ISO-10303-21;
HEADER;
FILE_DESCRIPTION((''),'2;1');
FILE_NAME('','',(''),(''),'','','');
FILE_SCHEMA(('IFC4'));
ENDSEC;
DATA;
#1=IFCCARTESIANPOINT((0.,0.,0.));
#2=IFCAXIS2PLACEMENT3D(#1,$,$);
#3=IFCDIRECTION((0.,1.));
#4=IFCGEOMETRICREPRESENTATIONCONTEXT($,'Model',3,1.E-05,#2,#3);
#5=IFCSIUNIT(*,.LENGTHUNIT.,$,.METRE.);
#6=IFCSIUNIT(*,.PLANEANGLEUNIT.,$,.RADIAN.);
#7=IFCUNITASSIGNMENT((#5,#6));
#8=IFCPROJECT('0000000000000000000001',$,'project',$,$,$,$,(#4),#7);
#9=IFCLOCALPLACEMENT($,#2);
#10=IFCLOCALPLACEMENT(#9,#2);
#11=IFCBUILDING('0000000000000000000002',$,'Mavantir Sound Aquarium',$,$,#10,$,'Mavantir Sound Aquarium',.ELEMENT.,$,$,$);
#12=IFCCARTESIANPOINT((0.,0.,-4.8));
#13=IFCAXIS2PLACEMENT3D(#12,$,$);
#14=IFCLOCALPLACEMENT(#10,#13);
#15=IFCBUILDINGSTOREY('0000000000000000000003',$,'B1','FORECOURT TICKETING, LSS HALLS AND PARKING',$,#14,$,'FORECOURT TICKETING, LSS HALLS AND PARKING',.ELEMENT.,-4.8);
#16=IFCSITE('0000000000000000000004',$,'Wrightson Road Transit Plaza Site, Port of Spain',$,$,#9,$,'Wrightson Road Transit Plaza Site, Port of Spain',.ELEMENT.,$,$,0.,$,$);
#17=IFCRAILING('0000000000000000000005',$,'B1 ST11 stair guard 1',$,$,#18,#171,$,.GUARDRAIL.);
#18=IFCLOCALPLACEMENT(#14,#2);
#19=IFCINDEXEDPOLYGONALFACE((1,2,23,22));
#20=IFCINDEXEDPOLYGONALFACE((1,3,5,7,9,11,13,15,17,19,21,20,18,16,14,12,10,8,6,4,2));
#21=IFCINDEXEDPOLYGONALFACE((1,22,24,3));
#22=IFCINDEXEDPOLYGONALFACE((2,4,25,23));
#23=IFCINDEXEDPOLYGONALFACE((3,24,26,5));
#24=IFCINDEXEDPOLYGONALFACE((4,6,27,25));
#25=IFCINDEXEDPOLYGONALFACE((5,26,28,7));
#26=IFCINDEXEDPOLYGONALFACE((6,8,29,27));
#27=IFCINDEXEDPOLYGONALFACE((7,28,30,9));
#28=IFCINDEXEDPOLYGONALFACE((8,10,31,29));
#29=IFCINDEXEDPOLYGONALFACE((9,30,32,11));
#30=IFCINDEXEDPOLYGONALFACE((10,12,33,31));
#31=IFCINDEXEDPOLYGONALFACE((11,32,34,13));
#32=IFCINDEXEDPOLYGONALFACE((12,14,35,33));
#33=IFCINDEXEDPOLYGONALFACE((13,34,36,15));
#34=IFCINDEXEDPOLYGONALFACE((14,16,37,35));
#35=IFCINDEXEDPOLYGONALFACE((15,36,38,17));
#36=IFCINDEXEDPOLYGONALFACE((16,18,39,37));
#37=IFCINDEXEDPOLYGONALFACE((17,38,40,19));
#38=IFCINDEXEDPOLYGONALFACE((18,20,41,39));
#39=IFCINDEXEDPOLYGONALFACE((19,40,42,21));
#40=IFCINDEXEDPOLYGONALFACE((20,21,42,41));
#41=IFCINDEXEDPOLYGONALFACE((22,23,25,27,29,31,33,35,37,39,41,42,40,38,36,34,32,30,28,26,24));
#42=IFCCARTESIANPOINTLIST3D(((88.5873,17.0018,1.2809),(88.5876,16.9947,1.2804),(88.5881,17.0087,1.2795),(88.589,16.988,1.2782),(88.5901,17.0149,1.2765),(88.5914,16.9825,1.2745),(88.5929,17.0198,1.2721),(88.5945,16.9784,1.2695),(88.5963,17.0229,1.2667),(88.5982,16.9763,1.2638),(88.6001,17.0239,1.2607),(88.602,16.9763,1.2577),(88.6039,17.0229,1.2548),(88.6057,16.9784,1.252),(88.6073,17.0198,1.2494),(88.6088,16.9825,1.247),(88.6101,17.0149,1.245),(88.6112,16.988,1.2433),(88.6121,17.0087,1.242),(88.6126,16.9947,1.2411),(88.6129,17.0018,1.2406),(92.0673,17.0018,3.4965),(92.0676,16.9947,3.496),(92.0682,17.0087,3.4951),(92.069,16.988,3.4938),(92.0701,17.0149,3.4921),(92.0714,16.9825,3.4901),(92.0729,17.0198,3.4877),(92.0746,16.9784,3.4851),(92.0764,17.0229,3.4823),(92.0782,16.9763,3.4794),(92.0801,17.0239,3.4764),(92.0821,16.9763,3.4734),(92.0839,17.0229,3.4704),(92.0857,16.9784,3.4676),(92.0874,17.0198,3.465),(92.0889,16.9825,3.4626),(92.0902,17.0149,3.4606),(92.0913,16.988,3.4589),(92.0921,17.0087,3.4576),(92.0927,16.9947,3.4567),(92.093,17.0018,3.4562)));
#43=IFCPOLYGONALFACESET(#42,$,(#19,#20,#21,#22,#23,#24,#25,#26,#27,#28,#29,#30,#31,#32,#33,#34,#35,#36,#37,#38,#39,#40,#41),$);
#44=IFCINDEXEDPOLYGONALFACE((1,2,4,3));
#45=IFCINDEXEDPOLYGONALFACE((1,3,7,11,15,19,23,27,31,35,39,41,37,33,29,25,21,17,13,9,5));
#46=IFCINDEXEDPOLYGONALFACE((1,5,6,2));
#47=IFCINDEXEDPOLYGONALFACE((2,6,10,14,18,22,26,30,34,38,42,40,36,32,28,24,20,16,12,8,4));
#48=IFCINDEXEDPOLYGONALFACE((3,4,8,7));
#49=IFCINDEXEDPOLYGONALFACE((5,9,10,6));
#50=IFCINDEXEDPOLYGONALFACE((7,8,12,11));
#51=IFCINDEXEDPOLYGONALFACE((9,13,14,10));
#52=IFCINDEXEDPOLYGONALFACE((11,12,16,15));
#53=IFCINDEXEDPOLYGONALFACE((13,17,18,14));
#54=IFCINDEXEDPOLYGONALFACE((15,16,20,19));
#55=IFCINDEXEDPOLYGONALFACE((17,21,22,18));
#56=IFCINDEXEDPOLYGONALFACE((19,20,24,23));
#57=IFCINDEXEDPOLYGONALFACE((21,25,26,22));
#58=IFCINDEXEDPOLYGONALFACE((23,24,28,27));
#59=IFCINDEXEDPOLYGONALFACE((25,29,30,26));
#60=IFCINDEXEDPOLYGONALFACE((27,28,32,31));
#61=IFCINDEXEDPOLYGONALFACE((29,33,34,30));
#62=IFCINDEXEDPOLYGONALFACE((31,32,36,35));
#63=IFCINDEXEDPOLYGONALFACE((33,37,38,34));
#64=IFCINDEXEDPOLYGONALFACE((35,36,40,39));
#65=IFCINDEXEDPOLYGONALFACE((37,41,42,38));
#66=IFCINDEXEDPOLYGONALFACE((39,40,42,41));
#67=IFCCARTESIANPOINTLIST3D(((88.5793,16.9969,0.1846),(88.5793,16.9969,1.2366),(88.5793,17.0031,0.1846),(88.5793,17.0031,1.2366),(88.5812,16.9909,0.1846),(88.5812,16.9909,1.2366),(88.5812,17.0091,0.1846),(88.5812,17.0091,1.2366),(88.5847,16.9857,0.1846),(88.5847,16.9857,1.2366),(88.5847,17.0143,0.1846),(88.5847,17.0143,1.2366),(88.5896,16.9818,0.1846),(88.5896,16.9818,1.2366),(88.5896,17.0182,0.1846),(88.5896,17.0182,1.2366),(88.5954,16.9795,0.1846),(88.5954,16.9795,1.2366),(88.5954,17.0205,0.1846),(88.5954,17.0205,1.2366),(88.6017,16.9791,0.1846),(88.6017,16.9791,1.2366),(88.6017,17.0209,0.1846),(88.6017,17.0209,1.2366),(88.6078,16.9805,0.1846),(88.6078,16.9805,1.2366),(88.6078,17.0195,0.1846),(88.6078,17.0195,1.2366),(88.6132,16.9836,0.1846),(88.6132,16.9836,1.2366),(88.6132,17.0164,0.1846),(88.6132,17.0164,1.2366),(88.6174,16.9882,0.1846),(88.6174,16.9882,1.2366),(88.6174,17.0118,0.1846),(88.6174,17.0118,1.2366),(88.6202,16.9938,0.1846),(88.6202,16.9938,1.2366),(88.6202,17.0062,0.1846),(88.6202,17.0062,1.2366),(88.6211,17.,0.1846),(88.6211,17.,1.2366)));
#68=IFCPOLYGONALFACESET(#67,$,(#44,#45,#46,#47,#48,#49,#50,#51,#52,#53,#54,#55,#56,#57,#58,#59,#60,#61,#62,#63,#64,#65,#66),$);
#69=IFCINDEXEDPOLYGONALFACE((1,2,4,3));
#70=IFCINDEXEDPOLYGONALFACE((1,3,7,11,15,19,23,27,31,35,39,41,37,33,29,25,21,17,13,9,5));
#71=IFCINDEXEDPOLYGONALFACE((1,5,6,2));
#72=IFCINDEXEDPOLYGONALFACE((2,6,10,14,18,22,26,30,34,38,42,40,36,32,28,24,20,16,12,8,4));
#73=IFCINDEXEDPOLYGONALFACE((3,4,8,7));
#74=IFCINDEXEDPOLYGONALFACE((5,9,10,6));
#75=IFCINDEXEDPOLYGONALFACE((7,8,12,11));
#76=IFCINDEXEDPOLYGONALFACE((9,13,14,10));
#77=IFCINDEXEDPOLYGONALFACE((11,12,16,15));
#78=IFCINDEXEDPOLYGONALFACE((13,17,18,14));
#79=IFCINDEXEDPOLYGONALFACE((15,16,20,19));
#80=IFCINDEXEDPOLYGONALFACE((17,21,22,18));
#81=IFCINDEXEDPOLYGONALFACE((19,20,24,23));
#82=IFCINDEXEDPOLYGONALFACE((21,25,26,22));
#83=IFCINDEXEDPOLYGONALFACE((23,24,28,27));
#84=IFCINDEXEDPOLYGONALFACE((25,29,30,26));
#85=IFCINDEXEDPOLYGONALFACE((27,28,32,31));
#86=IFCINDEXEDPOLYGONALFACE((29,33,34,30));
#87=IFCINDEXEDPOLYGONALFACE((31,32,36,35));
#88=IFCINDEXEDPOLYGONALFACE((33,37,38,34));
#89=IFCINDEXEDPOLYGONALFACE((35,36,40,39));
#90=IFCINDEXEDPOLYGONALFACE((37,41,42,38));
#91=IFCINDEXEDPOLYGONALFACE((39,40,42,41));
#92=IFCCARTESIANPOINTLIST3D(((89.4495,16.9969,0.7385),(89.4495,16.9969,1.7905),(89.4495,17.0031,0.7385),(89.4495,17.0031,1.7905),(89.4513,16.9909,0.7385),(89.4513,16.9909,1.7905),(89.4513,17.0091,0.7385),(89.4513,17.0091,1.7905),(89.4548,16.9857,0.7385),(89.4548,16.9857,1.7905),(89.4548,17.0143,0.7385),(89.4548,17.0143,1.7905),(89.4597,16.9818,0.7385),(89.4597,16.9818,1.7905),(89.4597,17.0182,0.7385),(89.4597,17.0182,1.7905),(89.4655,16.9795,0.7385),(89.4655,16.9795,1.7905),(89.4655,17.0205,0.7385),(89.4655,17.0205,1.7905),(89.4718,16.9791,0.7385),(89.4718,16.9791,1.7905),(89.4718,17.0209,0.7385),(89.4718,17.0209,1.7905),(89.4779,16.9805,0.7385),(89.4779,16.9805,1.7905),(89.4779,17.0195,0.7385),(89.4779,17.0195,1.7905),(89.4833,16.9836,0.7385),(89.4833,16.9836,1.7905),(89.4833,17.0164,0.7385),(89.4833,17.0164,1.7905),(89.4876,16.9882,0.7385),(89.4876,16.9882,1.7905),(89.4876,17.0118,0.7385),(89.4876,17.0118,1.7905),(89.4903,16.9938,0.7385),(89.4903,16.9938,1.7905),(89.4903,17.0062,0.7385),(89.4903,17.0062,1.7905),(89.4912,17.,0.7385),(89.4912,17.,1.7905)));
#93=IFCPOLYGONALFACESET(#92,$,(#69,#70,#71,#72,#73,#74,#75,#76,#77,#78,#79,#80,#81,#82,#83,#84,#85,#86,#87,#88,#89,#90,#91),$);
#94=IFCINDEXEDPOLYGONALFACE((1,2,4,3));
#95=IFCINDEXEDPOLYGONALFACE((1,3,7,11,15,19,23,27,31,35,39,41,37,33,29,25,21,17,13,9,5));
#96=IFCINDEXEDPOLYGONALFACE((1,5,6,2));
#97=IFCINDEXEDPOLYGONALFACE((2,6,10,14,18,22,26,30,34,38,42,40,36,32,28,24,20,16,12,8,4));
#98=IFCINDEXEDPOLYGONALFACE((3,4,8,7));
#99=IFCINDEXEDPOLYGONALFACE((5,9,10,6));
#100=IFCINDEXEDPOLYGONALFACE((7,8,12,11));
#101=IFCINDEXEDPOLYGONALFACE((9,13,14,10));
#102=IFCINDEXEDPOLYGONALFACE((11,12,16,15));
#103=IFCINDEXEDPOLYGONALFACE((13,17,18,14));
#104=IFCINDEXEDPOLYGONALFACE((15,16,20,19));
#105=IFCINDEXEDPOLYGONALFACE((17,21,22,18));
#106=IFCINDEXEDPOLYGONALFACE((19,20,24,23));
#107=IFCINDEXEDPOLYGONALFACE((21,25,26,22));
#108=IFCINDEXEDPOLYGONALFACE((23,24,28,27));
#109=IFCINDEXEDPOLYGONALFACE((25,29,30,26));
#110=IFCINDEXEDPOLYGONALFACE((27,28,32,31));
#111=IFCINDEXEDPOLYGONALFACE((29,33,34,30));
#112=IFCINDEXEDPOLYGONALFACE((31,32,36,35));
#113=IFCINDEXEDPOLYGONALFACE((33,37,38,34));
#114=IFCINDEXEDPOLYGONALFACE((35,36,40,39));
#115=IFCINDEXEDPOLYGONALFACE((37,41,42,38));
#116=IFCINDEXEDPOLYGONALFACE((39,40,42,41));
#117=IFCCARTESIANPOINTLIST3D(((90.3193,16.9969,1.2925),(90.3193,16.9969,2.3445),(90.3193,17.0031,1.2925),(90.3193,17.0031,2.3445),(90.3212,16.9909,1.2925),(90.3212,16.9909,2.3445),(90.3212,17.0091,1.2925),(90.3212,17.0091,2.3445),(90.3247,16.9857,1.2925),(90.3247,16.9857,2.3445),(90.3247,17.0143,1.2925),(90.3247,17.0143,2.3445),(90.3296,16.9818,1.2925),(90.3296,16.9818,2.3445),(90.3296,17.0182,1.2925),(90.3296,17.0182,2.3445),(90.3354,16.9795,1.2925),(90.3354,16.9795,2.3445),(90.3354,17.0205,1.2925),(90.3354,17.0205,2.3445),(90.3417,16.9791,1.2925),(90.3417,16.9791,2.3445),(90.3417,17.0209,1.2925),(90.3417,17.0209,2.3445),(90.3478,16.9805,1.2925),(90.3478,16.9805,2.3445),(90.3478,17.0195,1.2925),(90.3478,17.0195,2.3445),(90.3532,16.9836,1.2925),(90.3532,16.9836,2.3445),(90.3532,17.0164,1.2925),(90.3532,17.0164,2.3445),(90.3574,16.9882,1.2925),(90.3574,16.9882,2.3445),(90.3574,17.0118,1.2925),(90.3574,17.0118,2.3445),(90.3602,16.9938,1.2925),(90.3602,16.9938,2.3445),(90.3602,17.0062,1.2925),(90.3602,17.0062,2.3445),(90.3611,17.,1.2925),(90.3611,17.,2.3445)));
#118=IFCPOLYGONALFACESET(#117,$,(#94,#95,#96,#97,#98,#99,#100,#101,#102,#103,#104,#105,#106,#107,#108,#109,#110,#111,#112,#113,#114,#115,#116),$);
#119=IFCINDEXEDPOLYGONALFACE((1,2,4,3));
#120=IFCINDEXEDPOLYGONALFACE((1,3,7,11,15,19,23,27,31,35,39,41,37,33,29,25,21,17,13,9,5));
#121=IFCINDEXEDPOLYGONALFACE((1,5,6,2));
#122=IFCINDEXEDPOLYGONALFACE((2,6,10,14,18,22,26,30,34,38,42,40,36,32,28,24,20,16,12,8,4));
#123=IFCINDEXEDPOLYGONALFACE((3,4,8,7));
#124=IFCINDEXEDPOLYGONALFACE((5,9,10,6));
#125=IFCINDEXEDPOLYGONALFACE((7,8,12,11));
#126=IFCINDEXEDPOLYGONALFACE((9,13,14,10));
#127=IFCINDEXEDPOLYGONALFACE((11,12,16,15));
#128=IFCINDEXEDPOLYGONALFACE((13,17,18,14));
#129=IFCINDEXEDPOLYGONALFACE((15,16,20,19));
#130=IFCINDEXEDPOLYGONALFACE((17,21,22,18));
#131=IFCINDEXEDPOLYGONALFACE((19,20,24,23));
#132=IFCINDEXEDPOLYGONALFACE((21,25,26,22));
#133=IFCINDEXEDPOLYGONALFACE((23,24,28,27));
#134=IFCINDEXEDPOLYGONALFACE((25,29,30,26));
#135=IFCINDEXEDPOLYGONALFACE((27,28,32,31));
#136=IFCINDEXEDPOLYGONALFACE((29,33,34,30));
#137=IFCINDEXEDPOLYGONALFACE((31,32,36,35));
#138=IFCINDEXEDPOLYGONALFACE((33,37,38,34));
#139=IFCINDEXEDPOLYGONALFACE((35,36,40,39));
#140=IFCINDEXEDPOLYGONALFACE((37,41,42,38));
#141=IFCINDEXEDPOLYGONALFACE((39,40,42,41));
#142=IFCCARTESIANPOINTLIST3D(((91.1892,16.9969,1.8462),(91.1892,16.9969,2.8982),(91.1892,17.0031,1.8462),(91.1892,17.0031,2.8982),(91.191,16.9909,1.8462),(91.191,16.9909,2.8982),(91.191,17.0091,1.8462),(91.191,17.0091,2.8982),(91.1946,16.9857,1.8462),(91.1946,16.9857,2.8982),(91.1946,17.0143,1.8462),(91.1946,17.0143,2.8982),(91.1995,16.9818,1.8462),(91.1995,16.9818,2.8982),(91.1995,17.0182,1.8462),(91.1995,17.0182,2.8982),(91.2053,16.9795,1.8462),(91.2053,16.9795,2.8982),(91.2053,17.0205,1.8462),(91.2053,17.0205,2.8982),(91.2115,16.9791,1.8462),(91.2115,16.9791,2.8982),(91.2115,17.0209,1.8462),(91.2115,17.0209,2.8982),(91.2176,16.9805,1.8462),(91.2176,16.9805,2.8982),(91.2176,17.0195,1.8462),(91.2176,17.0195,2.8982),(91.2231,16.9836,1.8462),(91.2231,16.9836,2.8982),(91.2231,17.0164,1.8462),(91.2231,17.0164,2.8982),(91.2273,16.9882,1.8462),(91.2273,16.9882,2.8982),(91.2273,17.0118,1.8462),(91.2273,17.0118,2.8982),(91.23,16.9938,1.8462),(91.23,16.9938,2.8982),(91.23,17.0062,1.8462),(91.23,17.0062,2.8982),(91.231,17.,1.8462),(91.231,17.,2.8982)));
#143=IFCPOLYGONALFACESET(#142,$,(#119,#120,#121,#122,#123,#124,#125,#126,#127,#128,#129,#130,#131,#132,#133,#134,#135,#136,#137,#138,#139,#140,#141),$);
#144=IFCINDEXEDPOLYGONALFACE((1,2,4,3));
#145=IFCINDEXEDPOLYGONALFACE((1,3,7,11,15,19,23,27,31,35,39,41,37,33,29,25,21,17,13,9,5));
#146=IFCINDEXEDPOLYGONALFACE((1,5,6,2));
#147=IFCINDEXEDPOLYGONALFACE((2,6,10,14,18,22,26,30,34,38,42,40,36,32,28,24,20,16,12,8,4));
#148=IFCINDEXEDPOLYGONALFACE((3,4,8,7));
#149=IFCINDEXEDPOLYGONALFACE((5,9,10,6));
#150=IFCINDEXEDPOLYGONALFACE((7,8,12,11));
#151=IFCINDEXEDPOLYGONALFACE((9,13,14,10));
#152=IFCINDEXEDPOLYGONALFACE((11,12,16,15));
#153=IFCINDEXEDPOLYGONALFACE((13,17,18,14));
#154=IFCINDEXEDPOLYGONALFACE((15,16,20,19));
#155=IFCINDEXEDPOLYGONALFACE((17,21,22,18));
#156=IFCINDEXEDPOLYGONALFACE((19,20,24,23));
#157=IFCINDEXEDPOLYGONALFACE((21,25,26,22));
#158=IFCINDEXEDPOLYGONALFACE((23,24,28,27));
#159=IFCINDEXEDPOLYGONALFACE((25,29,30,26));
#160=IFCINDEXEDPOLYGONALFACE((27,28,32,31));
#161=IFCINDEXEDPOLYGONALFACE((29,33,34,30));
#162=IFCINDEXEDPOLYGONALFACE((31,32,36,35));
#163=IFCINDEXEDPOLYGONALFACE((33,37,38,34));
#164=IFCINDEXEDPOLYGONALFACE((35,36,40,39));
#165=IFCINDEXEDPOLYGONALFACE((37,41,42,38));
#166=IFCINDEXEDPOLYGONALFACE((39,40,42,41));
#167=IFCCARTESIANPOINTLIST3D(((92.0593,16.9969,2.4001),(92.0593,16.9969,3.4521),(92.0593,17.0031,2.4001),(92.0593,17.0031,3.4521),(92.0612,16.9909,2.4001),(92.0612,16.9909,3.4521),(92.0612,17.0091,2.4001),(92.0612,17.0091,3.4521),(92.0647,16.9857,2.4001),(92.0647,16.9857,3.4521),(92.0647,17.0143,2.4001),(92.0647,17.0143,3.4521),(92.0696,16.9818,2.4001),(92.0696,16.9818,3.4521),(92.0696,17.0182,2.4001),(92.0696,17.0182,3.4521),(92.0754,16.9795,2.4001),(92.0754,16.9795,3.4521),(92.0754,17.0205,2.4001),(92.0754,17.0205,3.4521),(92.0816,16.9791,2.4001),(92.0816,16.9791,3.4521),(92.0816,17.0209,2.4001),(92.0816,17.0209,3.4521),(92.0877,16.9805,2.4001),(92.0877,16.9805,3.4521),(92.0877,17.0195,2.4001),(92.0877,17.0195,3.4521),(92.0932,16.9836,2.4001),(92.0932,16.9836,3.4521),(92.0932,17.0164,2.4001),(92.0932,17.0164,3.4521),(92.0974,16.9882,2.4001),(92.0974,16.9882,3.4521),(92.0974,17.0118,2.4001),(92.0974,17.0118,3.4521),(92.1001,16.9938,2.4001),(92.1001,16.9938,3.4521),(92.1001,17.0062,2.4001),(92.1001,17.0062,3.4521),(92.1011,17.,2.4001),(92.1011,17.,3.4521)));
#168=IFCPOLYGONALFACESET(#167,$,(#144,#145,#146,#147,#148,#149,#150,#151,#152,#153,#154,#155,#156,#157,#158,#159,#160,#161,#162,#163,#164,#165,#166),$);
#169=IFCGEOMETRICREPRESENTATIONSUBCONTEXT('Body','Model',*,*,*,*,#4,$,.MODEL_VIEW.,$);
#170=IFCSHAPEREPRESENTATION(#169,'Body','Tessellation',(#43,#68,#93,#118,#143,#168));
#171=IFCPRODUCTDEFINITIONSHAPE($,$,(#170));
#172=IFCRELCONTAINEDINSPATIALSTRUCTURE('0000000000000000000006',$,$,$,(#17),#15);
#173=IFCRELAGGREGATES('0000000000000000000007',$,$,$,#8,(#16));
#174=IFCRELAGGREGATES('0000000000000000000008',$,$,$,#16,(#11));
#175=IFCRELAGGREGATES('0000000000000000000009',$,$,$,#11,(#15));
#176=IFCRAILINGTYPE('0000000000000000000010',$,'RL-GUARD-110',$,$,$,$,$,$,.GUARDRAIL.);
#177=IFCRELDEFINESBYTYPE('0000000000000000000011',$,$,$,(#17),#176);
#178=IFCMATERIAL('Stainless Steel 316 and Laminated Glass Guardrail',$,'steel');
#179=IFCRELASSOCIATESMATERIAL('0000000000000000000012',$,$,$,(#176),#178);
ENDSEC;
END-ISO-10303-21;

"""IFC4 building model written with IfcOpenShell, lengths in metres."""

from ifc_helpers import new_model, si_unit, direction, frame, origin, origin_2d, place, context, subcontext, project, spatial, circle, extrude, material, type_object, element, save


model = new_model("IFC4")

# Units and contexts
model_context = context("Model", 3, precision=1e-05, world=origin(), true_north=direction((0.0, 1.0)))
body_context = subcontext(model_context, "Body", "Model", "MODEL_VIEW")
ifc_project = project(units=[si_unit("LENGTHUNIT", "METRE"), si_unit("PLANEANGLEUNIT", "RADIAN")], contexts=[model_context])

# Site, building, storey
site_placement = place(None, origin())
site = spatial("IfcSite", under=ifc_project, at=site_placement, Name="Wrightson Road Transit Plaza Site, Port of Spain", LongName="Wrightson Road Transit Plaza Site, Port of Spain", CompositionType="ELEMENT", RefElevation=0.0)
building_placement = place(site_placement, origin())
building = spatial("IfcBuilding", under=site, at=building_placement, Name="Mavantir Sound Aquarium", LongName="Mavantir Sound Aquarium", CompositionType="ELEMENT")
storey_placement = place(building_placement, frame((0.0, 0.0, -4.8)))
storey = spatial("IfcBuildingStorey", under=building, at=storey_placement, Name="B1", Description="FORECOURT TICKETING, LSS HALLS AND PARKING", LongName="FORECOURT TICKETING, LSS HALLS AND PARKING", CompositionType="ELEMENT", Elevation=-4.8)

# Railing
ifc_material_1 = material(Name="Stainless Steel 316 and Laminated Glass Guardrail", Category="steel")
railing_type_1 = type_object("IfcRailingType", Name="RL-GUARD-110", PredefinedType="GUARDRAIL", material=ifc_material_1)
railing_1_placement = place(storey_placement, frame((88.6001, 17.0, 0.1846)))
element("IfcRailing", 1, at=railing_1_placement, inside=storey, type_object=railing_type_1, Name="B1 ST11 stair guard 1", PredefinedType="GUARDRAIL", context=body_context, shape_type="SweptSolid", body=[
    extrude(circle(Radius=0.0239, at=origin_2d()), frame((0.0, 0.0, 1.0762), z_axis=(0.843547, 0.0, 0.537055), x_axis=(0.0, 1.0, 0.0)), (0.0, 0.0, 1.0), 4.1255),
    extrude(circle(Radius=0.021, at=origin_2d()), origin(), (0.0, 0.0, 1.0), 1.052),
    extrude(circle(Radius=0.021, at=origin_2d()), frame((0.8701, 0.0, 0.554)), (0.0, 0.0, 1.0), 1.052),
    extrude(circle(Radius=0.021, at=origin_2d()), frame((1.74, 0.0, 1.1079)), (0.0, 0.0, 1.0), 1.052),
    extrude(circle(Radius=0.021, at=origin_2d()), frame((2.6099, 0.0, 1.6616)), (0.0, 0.0, 1.0), 1.052),
    extrude(circle(Radius=0.021, at=origin_2d()), frame((3.48, 0.0, 2.2156)), (0.0, 0.0, 1.0), 1.052),
])

save(model, "model.ifc")
